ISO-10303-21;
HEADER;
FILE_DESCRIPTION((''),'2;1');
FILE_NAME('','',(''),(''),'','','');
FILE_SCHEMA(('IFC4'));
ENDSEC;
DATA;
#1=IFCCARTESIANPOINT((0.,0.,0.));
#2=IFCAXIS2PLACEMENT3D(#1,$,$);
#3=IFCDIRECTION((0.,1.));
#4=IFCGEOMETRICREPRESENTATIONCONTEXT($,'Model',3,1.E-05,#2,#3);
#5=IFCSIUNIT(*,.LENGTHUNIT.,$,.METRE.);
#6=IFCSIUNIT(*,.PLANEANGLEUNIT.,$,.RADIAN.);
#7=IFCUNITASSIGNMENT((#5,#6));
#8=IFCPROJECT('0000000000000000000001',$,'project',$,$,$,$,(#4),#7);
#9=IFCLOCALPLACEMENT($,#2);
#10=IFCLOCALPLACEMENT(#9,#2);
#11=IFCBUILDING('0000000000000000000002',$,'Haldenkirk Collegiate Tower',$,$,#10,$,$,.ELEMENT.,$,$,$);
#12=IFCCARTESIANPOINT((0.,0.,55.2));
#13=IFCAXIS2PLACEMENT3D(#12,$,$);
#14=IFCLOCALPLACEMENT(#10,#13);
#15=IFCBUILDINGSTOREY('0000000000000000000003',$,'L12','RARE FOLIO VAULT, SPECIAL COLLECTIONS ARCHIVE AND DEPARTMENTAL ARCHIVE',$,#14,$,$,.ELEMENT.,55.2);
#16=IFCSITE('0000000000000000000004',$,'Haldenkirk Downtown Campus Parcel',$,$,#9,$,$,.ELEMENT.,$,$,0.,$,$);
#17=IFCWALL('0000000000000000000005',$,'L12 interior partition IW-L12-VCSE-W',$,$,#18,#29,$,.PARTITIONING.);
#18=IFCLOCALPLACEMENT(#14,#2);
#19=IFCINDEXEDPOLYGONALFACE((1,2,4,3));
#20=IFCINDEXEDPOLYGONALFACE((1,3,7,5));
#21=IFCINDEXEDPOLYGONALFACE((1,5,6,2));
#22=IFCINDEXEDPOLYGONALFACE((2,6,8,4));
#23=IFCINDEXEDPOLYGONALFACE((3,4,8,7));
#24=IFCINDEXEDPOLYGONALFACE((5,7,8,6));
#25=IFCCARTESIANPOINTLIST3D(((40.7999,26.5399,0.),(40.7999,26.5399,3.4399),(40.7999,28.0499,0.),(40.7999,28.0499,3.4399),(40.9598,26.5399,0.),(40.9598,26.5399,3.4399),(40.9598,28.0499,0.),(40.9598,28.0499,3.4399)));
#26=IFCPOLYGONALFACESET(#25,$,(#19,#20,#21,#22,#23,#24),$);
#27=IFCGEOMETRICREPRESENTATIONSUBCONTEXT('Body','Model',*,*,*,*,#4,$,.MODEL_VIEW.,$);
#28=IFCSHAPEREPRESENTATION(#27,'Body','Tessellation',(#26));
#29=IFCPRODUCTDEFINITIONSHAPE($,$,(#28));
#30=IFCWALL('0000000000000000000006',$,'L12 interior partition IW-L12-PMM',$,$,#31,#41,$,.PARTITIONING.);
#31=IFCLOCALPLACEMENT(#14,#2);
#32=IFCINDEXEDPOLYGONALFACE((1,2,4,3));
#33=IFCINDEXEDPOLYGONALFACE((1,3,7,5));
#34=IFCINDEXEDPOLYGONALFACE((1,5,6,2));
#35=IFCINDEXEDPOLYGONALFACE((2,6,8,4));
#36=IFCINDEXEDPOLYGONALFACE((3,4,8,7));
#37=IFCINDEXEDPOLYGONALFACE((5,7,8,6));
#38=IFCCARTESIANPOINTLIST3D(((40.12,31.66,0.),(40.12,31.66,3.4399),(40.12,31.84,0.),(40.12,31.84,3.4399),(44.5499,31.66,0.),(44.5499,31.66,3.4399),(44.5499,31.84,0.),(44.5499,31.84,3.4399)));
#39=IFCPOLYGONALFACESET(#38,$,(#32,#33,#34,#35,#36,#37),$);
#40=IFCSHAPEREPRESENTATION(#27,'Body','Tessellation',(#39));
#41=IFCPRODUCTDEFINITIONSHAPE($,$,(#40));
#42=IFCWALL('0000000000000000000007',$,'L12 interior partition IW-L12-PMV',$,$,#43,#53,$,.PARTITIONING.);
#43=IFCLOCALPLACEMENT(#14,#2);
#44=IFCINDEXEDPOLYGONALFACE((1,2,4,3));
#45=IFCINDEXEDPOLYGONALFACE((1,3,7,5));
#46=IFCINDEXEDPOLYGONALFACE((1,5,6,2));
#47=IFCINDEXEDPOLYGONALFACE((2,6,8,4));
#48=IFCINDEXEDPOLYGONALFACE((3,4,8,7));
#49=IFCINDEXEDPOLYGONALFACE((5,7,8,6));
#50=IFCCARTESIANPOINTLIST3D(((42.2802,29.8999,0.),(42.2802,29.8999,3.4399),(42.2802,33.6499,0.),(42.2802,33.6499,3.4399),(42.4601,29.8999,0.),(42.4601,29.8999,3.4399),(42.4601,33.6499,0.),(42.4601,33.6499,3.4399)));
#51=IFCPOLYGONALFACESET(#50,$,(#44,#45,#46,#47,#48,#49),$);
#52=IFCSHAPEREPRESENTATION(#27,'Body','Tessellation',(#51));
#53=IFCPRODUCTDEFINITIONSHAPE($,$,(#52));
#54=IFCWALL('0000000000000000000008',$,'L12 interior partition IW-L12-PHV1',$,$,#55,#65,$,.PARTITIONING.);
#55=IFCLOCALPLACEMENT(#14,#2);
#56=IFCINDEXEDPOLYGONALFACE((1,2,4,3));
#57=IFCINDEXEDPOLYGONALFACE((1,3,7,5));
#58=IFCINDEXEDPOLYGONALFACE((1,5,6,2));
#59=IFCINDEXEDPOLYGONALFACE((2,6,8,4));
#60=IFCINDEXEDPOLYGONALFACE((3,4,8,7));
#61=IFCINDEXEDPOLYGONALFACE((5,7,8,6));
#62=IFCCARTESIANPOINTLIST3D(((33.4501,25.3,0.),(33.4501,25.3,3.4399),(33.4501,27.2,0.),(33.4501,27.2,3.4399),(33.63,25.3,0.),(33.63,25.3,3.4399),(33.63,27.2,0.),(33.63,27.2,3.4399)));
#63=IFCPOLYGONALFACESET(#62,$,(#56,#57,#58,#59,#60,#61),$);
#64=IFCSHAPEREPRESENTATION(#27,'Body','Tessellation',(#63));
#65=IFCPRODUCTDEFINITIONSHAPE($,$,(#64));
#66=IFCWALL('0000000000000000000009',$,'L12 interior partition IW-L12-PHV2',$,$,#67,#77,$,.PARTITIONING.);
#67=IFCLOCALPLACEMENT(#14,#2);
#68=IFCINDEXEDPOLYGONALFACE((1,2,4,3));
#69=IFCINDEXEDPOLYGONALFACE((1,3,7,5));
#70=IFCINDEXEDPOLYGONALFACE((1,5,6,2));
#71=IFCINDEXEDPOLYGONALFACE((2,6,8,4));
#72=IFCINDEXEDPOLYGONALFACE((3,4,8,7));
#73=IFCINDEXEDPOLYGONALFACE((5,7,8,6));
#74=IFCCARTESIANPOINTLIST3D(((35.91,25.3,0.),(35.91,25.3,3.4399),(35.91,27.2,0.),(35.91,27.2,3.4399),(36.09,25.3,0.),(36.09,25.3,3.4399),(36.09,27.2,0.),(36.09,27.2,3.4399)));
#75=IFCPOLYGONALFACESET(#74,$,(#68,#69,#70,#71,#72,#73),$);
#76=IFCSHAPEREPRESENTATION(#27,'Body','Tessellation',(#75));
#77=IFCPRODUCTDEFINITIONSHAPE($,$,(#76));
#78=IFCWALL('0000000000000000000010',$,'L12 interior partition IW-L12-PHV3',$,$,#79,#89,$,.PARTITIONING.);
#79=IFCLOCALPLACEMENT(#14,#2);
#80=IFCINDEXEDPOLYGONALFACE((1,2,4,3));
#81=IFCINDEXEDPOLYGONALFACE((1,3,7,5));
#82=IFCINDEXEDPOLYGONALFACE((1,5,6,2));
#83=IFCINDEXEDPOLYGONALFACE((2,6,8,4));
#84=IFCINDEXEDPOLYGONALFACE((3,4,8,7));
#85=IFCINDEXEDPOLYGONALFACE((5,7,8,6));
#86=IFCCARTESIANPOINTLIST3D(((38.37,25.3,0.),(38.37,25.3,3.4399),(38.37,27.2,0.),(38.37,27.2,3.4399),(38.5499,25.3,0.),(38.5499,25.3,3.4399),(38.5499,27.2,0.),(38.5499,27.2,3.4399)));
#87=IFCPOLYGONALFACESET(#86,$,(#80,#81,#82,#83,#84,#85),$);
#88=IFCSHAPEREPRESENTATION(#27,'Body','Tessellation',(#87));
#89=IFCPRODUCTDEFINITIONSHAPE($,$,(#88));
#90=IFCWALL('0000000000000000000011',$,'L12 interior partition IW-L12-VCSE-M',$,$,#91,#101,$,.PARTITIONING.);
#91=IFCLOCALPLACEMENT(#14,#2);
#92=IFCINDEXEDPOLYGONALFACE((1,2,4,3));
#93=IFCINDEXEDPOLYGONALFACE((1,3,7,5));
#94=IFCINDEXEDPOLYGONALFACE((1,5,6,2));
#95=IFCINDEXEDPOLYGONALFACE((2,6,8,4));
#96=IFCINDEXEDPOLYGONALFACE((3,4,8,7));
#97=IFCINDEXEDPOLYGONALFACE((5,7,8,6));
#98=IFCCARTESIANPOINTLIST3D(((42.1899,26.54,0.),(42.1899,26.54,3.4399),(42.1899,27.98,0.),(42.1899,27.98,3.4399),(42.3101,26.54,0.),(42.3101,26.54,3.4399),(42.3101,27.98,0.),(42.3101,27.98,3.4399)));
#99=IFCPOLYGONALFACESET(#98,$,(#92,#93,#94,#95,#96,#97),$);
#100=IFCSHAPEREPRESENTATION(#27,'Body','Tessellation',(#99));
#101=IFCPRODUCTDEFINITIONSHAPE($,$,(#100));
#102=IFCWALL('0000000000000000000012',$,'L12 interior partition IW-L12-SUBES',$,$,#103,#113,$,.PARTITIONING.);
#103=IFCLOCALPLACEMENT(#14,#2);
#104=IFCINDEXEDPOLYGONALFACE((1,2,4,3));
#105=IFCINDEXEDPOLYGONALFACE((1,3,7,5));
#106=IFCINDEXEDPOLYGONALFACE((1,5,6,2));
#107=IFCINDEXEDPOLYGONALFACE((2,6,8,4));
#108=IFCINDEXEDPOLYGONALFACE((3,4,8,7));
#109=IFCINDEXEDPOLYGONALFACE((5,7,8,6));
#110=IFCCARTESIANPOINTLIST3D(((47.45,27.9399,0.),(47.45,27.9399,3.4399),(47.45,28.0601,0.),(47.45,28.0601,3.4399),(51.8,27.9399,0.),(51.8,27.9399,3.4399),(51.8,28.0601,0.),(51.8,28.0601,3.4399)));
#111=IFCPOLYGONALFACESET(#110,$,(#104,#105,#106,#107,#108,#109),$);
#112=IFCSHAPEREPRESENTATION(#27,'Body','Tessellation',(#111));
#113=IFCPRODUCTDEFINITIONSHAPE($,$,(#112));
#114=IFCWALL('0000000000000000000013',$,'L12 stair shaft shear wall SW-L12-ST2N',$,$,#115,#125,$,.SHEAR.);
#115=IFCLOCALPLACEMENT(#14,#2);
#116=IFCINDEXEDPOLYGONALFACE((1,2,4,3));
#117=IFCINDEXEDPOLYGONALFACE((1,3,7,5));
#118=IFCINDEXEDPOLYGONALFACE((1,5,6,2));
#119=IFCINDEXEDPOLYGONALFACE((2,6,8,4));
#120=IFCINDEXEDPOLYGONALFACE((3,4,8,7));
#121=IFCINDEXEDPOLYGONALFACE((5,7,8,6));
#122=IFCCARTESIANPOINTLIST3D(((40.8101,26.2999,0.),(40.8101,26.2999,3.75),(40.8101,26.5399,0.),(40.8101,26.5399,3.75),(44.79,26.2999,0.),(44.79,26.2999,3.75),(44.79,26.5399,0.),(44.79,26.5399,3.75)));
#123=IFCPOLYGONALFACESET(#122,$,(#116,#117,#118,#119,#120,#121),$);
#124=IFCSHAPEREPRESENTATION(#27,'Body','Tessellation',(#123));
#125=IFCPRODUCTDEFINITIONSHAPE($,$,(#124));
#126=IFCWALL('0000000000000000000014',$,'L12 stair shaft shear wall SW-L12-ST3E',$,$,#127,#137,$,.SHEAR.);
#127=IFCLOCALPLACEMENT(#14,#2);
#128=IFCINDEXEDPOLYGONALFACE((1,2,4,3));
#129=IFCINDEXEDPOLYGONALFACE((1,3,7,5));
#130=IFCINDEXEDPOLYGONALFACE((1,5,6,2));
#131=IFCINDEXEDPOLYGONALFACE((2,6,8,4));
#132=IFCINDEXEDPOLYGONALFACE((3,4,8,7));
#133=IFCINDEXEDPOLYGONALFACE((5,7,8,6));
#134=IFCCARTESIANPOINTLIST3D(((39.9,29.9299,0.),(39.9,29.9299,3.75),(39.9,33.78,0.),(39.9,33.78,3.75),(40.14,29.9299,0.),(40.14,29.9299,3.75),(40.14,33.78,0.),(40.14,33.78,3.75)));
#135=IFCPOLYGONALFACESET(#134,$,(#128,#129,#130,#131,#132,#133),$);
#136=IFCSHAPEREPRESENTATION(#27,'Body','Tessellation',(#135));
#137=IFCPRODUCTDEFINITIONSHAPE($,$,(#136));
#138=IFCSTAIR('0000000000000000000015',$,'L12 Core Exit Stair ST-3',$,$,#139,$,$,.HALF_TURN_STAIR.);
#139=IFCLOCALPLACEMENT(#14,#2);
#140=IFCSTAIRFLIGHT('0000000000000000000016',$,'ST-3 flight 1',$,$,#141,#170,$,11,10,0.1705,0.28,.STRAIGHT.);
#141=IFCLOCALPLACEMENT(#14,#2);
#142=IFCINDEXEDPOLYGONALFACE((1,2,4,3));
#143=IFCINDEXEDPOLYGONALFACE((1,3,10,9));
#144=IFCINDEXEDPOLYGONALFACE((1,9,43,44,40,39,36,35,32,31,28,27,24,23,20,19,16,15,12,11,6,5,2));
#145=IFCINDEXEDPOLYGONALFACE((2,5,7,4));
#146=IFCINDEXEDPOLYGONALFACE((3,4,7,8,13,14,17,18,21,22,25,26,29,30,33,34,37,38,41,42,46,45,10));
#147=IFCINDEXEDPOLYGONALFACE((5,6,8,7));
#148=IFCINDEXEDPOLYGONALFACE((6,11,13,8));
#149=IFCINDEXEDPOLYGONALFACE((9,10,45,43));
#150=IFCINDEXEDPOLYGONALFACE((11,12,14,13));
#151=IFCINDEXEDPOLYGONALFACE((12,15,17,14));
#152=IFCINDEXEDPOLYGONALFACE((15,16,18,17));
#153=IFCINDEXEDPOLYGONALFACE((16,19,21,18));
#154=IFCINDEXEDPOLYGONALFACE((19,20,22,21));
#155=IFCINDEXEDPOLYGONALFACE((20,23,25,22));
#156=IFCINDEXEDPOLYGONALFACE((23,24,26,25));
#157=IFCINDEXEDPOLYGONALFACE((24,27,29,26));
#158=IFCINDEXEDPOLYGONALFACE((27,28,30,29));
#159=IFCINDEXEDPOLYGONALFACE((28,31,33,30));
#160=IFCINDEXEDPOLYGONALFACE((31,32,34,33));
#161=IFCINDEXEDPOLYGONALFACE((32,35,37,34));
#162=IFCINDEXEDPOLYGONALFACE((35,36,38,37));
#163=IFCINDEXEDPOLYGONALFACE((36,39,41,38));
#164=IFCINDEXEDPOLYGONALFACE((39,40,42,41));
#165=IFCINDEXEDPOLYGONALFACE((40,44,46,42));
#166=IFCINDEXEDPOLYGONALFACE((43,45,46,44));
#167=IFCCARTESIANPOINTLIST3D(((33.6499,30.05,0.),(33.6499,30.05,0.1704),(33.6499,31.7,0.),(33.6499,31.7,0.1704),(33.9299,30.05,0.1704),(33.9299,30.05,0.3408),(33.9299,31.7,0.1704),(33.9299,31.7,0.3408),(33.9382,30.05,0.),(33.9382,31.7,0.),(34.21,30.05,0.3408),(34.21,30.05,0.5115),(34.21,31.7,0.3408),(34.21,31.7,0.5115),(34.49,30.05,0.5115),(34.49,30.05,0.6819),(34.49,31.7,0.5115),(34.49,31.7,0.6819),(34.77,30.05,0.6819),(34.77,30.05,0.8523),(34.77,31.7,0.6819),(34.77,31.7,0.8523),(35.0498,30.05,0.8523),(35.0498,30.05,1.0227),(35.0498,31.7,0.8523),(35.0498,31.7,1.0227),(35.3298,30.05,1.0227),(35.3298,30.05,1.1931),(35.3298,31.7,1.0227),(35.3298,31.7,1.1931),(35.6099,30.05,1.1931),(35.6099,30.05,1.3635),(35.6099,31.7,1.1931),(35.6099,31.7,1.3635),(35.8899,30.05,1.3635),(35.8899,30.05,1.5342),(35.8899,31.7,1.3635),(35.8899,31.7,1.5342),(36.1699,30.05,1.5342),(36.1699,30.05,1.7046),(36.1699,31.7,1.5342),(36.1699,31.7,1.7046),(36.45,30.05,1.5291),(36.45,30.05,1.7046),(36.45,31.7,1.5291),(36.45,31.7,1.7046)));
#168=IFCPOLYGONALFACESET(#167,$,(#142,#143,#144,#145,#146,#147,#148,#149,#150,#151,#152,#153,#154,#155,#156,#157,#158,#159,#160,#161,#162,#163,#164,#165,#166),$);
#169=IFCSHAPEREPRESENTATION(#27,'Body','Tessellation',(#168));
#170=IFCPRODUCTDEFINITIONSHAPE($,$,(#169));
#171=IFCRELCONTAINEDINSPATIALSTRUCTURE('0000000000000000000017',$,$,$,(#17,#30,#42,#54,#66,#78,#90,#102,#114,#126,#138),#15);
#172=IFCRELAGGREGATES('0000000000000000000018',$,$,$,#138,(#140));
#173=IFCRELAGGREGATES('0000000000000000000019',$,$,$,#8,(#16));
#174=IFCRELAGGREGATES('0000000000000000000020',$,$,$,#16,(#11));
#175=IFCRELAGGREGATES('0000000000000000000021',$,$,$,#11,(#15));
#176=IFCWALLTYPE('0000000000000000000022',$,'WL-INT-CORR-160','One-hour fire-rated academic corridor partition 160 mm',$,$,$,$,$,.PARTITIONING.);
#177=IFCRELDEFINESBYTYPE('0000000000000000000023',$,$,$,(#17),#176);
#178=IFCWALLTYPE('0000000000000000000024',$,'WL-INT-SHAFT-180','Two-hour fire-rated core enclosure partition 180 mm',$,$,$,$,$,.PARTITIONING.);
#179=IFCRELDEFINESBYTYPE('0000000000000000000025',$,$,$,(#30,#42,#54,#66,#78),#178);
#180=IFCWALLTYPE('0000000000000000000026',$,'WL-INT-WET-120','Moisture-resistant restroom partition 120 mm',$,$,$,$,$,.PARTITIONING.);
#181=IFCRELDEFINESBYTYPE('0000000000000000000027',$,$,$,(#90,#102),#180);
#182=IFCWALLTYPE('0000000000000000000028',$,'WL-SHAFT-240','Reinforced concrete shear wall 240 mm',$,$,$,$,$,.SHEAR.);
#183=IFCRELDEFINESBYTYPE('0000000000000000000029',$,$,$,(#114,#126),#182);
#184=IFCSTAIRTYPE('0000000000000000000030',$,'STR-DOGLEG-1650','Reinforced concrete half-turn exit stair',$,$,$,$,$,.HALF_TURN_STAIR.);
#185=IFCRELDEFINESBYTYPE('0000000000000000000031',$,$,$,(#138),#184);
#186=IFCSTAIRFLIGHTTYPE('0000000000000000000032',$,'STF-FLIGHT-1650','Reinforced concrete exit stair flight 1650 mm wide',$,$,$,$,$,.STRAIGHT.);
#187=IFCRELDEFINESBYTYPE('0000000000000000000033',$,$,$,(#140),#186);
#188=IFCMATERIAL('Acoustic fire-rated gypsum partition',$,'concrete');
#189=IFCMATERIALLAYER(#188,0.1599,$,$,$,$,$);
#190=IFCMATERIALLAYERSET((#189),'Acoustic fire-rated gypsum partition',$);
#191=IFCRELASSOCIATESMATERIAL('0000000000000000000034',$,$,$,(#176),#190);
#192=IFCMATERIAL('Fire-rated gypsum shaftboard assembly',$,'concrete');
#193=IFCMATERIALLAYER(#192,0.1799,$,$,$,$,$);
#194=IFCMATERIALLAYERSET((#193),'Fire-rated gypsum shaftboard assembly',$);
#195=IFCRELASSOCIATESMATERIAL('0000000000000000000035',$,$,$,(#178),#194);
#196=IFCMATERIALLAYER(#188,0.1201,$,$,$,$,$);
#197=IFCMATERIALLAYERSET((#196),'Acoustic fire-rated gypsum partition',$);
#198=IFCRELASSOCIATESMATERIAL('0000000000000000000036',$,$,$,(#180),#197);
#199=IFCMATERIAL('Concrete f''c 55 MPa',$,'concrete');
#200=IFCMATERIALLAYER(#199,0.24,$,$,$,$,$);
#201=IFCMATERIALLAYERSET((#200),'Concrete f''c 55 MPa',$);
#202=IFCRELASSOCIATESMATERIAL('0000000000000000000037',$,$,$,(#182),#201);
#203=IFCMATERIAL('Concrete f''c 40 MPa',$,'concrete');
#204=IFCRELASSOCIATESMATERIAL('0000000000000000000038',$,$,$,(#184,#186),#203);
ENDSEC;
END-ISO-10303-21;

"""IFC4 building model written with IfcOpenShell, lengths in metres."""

from ifc_helpers import new_model, si_unit, direction, frame, frame_2d, origin, place, context, subcontext, project, spatial, polyline, rectangle, outline, extrude, material, layer, layer_set, type_object, element, aggregate, save


model = new_model("IFC4")

# Units and contexts
model_context = context("Model", 3, precision=1e-05, world=origin(), true_north=direction((0.0, 1.0)))
body_context = subcontext(model_context, "Body", "Model", "MODEL_VIEW")
ifc_project = project(units=[si_unit("LENGTHUNIT", "METRE"), si_unit("PLANEANGLEUNIT", "RADIAN")], contexts=[model_context])

# Site, building, storey
site_placement = place(None, origin())
site = spatial("IfcSite", under=ifc_project, at=site_placement, Name="Haldenkirk Downtown Campus Parcel", CompositionType="ELEMENT", RefElevation=0.0)
building_placement = place(site_placement, origin())
building = spatial("IfcBuilding", under=site, at=building_placement, Name="Haldenkirk Collegiate Tower", CompositionType="ELEMENT")
storey_placement = place(building_placement, frame((0.0, 0.0, 55.2)))
storey = spatial("IfcBuildingStorey", under=building, at=storey_placement, Name="L12", Description="RARE FOLIO VAULT, SPECIAL COLLECTIONS ARCHIVE AND DEPARTMENTAL ARCHIVE", CompositionType="ELEMENT", Elevation=55.2)

# Shared definitions
ifc_material_1 = material(Name="Acoustic fire-rated gypsum partition", Category="concrete")
ifc_layer_1 = layer(ifc_material_1, 0.1599)
ifc_layer_set_1 = layer_set([ifc_layer_1], Name="Acoustic fire-rated gypsum partition")
wall_type_1 = type_object("IfcWallType", Name="WL-INT-CORR-160", Description="One-hour fire-rated academic corridor partition 160 mm", PredefinedType="PARTITIONING", material=ifc_layer_set_1)

# Wall
wall_1_placement = place(storey_placement, frame((40.8799, 26.54, 0.0), z_axis=(0.0, 0.0, 1.0), x_axis=(0.0, 1.0, 0.0)))
element("IfcWall", 1, at=wall_1_placement, inside=storey, type_object=wall_type_1, Name="L12 interior partition IW-L12-VCSE-W", PredefinedType="PARTITIONING", context=body_context, shape_type="SweptSolid", body=[
    extrude(rectangle(XDim=1.51, YDim=0.1599, at=frame_2d((0.7549, 0.0))), origin(), (0.0, 0.0, 1.0), 3.4399),
])

# Shared definitions
ifc_material_2 = material(Name="Fire-rated gypsum shaftboard assembly", Category="concrete")
ifc_layer_2 = layer(ifc_material_2, 0.1799)
ifc_layer_set_2 = layer_set([ifc_layer_2], Name="Fire-rated gypsum shaftboard assembly")
wall_type_2 = type_object("IfcWallType", Name="WL-INT-SHAFT-180", Description="Two-hour fire-rated core enclosure partition 180 mm", PredefinedType="PARTITIONING", material=ifc_layer_set_2)

# Walls
wall_2_placement = place(storey_placement, frame((40.1201, 31.75, 0.0), z_axis=(0.0, 0.0, 1.0), x_axis=(1.0, 0.0, 0.0)))
element("IfcWall", 2, at=wall_2_placement, inside=storey, type_object=wall_type_2, Name="L12 interior partition IW-L12-PMM", PredefinedType="PARTITIONING", context=body_context, shape_type="SweptSolid", body=[
    extrude(rectangle(XDim=4.4299, YDim=0.1799, at=frame_2d((2.2148, 0.0))), origin(), (0.0, 0.0, 1.0), 3.4399),
])
wall_3_placement = place(storey_placement, frame((42.3701, 29.8999, 0.0), z_axis=(0.0, 0.0, 1.0), x_axis=(0.0, 1.0, 0.0)))
element("IfcWall", 3, at=wall_3_placement, inside=storey, type_object=wall_type_2, Name="L12 interior partition IW-L12-PMV", PredefinedType="PARTITIONING", context=body_context, shape_type="SweptSolid", body=[
    extrude(rectangle(XDim=3.75, YDim=0.1799, at=frame_2d((1.875, 0.0))), origin(), (0.0, 0.0, 1.0), 3.4399),
])
for number, where, z_axis, x_axis, name in (
    (4, (33.54, 25.3, 0.0), (0.0, 0.0, 1.0), (0.0, 1.0, 0.0), "L12 interior partition IW-L12-PHV1"),
    (5, (36.0, 25.3, 0.0), (0.0, 0.0, 1.0), (0.0, 1.0, 0.0), "L12 interior partition IW-L12-PHV2"),
    (6, (38.46, 25.3, 0.0), (0.0, 0.0, 1.0), (0.0, 1.0, 0.0), "L12 interior partition IW-L12-PHV3"),
):
    element("IfcWall", number, at=place(storey_placement, frame(where, z_axis=z_axis, x_axis=x_axis)), inside=storey, type_object=wall_type_2, Name=name, PredefinedType="PARTITIONING", context=body_context, shape_type="SweptSolid", body=[
        extrude(rectangle(XDim=1.8999, YDim=0.1799, at=frame_2d((0.95, 0.0))), origin(), (0.0, 0.0, 1.0), 3.4399),
    ])
ifc_layer_3 = layer(ifc_material_1, 0.1201)
ifc_layer_set_3 = layer_set([ifc_layer_3], Name="Acoustic fire-rated gypsum partition")
wall_type_3 = type_object("IfcWallType", Name="WL-INT-WET-120", Description="Moisture-resistant restroom partition 120 mm", PredefinedType="PARTITIONING", material=ifc_layer_set_3)
wall_4_placement = place(storey_placement, frame((42.25, 26.54, 0.0), z_axis=(0.0, 0.0, 1.0), x_axis=(0.0, 1.0, 0.0)))
element("IfcWall", 7, at=wall_4_placement, inside=storey, type_object=wall_type_3, Name="L12 interior partition IW-L12-VCSE-M", PredefinedType="PARTITIONING", context=body_context, shape_type="SweptSolid", body=[
    extrude(rectangle(XDim=1.4399, YDim=0.1201, at=frame_2d((0.72, 0.0))), origin(), (0.0, 0.0, 1.0), 3.4399),
])
wall_5_placement = place(storey_placement, frame((47.45, 28.0, 0.0), z_axis=(0.0, 0.0, 1.0), x_axis=(1.0, 0.0, 0.0)))
element("IfcWall", 8, at=wall_5_placement, inside=storey, type_object=wall_type_3, Name="L12 interior partition IW-L12-SUBES", PredefinedType="PARTITIONING", context=body_context, shape_type="SweptSolid", body=[
    extrude(rectangle(XDim=4.3501, YDim=0.1201, at=frame_2d((2.175, 0.0))), origin(), (0.0, 0.0, 1.0), 3.4399),
])
ifc_material_3 = material(Name="Concrete f'c 55 MPa", Category="concrete")
ifc_layer_4 = layer(ifc_material_3, 0.24)
ifc_layer_set_4 = layer_set([ifc_layer_4], Name="Concrete f'c 55 MPa")
wall_type_4 = type_object("IfcWallType", Name="WL-SHAFT-240", Description="Reinforced concrete shear wall 240 mm", PredefinedType="SHEAR", material=ifc_layer_set_4)
wall_6_placement = place(storey_placement, frame((40.8101, 26.4199, 0.0), z_axis=(0.0, 0.0, 1.0), x_axis=(1.0, 0.0, 0.0)))
element("IfcWall", 9, at=wall_6_placement, inside=storey, type_object=wall_type_4, Name="L12 stair shaft shear wall SW-L12-ST2N", PredefinedType="SHEAR", context=body_context, shape_type="SweptSolid", body=[
    extrude(rectangle(XDim=3.98, YDim=0.24, at=frame_2d((1.99, 0.0))), origin(), (0.0, 0.0, 1.0), 3.75),
])
wall_7_placement = place(storey_placement, frame((40.02, 29.9299, 0.0), z_axis=(0.0, 0.0, 1.0), x_axis=(0.0, 1.0, 0.0)))
element("IfcWall", 10, at=wall_7_placement, inside=storey, type_object=wall_type_4, Name="L12 stair shaft shear wall SW-L12-ST3E", PredefinedType="SHEAR", context=body_context, shape_type="SweptSolid", body=[
    extrude(rectangle(XDim=3.8501, YDim=0.24, at=frame_2d((1.925, 0.0))), origin(), (0.0, 0.0, 1.0), 3.75),
])

# Stair, stair flight
ifc_material_4 = material(Name="Concrete f'c 40 MPa", Category="concrete")
stair_type = type_object("IfcStairType", Name="STR-DOGLEG-1650", Description="Reinforced concrete half-turn exit stair", PredefinedType="HALF_TURN_STAIR", material=ifc_material_4)
stair_placement = place(storey_placement, origin())
stair = element("IfcStair", 11, at=stair_placement, inside=storey, type_object=stair_type, Name="L12 Core Exit Stair ST-3", PredefinedType="HALF_TURN_STAIR")
stair_flight_type = type_object("IfcStairFlightType", Name="STF-FLIGHT-1650", Description="Reinforced concrete exit stair flight 1650 mm wide", PredefinedType="STRAIGHT", material=ifc_material_4)
stair_flight_placement = place(storey_placement, frame((33.6499, 30.875, 0.0), z_axis=(0.0, 0.0, 1.0), x_axis=(1.0, 0.0, 0.0)))
stair_flight = element("IfcStairFlight", 12, at=stair_flight_placement, type_object=stair_flight_type, Name="ST-3 flight 1", NumberOfRisers=11, NumberOfTreads=10, PredefinedType="STRAIGHT", RiserHeight=0.1705, TreadLength=0.28, context=body_context, shape_type="SweptSolid", body=[
    extrude(outline(polyline([(0.0, 0.0), (0.0, 0.1704), (0.28, 0.1704), (0.28, 0.3408), (0.5601, 0.3408), (0.5601, 0.5115), (0.8401, 0.5115), (0.8401, 0.6819), (1.1201, 0.6819), (1.1201, 0.8523), (1.3999, 0.8523), (1.3999, 1.0227), (1.6799, 1.0227), (1.6799, 1.1931), (1.96, 1.1931), (1.96, 1.3635), (2.24, 1.3635), (2.24, 1.5342), (2.52, 1.5342), (2.52, 1.7046), (2.8, 1.7046), (2.8, 1.875), (2.8, 1.5291), (0.2883, 0.0), (0.0, 0.0)])), frame((0.0, 0.825, 0.0), z_axis=(0.0, -1.0, 0.0), x_axis=(1.0, 0.0, 0.0)), (0.0, 0.0, 1.0), 1.6499),
])
aggregate(stair, [stair_flight])

save(model, "model.ifc")
